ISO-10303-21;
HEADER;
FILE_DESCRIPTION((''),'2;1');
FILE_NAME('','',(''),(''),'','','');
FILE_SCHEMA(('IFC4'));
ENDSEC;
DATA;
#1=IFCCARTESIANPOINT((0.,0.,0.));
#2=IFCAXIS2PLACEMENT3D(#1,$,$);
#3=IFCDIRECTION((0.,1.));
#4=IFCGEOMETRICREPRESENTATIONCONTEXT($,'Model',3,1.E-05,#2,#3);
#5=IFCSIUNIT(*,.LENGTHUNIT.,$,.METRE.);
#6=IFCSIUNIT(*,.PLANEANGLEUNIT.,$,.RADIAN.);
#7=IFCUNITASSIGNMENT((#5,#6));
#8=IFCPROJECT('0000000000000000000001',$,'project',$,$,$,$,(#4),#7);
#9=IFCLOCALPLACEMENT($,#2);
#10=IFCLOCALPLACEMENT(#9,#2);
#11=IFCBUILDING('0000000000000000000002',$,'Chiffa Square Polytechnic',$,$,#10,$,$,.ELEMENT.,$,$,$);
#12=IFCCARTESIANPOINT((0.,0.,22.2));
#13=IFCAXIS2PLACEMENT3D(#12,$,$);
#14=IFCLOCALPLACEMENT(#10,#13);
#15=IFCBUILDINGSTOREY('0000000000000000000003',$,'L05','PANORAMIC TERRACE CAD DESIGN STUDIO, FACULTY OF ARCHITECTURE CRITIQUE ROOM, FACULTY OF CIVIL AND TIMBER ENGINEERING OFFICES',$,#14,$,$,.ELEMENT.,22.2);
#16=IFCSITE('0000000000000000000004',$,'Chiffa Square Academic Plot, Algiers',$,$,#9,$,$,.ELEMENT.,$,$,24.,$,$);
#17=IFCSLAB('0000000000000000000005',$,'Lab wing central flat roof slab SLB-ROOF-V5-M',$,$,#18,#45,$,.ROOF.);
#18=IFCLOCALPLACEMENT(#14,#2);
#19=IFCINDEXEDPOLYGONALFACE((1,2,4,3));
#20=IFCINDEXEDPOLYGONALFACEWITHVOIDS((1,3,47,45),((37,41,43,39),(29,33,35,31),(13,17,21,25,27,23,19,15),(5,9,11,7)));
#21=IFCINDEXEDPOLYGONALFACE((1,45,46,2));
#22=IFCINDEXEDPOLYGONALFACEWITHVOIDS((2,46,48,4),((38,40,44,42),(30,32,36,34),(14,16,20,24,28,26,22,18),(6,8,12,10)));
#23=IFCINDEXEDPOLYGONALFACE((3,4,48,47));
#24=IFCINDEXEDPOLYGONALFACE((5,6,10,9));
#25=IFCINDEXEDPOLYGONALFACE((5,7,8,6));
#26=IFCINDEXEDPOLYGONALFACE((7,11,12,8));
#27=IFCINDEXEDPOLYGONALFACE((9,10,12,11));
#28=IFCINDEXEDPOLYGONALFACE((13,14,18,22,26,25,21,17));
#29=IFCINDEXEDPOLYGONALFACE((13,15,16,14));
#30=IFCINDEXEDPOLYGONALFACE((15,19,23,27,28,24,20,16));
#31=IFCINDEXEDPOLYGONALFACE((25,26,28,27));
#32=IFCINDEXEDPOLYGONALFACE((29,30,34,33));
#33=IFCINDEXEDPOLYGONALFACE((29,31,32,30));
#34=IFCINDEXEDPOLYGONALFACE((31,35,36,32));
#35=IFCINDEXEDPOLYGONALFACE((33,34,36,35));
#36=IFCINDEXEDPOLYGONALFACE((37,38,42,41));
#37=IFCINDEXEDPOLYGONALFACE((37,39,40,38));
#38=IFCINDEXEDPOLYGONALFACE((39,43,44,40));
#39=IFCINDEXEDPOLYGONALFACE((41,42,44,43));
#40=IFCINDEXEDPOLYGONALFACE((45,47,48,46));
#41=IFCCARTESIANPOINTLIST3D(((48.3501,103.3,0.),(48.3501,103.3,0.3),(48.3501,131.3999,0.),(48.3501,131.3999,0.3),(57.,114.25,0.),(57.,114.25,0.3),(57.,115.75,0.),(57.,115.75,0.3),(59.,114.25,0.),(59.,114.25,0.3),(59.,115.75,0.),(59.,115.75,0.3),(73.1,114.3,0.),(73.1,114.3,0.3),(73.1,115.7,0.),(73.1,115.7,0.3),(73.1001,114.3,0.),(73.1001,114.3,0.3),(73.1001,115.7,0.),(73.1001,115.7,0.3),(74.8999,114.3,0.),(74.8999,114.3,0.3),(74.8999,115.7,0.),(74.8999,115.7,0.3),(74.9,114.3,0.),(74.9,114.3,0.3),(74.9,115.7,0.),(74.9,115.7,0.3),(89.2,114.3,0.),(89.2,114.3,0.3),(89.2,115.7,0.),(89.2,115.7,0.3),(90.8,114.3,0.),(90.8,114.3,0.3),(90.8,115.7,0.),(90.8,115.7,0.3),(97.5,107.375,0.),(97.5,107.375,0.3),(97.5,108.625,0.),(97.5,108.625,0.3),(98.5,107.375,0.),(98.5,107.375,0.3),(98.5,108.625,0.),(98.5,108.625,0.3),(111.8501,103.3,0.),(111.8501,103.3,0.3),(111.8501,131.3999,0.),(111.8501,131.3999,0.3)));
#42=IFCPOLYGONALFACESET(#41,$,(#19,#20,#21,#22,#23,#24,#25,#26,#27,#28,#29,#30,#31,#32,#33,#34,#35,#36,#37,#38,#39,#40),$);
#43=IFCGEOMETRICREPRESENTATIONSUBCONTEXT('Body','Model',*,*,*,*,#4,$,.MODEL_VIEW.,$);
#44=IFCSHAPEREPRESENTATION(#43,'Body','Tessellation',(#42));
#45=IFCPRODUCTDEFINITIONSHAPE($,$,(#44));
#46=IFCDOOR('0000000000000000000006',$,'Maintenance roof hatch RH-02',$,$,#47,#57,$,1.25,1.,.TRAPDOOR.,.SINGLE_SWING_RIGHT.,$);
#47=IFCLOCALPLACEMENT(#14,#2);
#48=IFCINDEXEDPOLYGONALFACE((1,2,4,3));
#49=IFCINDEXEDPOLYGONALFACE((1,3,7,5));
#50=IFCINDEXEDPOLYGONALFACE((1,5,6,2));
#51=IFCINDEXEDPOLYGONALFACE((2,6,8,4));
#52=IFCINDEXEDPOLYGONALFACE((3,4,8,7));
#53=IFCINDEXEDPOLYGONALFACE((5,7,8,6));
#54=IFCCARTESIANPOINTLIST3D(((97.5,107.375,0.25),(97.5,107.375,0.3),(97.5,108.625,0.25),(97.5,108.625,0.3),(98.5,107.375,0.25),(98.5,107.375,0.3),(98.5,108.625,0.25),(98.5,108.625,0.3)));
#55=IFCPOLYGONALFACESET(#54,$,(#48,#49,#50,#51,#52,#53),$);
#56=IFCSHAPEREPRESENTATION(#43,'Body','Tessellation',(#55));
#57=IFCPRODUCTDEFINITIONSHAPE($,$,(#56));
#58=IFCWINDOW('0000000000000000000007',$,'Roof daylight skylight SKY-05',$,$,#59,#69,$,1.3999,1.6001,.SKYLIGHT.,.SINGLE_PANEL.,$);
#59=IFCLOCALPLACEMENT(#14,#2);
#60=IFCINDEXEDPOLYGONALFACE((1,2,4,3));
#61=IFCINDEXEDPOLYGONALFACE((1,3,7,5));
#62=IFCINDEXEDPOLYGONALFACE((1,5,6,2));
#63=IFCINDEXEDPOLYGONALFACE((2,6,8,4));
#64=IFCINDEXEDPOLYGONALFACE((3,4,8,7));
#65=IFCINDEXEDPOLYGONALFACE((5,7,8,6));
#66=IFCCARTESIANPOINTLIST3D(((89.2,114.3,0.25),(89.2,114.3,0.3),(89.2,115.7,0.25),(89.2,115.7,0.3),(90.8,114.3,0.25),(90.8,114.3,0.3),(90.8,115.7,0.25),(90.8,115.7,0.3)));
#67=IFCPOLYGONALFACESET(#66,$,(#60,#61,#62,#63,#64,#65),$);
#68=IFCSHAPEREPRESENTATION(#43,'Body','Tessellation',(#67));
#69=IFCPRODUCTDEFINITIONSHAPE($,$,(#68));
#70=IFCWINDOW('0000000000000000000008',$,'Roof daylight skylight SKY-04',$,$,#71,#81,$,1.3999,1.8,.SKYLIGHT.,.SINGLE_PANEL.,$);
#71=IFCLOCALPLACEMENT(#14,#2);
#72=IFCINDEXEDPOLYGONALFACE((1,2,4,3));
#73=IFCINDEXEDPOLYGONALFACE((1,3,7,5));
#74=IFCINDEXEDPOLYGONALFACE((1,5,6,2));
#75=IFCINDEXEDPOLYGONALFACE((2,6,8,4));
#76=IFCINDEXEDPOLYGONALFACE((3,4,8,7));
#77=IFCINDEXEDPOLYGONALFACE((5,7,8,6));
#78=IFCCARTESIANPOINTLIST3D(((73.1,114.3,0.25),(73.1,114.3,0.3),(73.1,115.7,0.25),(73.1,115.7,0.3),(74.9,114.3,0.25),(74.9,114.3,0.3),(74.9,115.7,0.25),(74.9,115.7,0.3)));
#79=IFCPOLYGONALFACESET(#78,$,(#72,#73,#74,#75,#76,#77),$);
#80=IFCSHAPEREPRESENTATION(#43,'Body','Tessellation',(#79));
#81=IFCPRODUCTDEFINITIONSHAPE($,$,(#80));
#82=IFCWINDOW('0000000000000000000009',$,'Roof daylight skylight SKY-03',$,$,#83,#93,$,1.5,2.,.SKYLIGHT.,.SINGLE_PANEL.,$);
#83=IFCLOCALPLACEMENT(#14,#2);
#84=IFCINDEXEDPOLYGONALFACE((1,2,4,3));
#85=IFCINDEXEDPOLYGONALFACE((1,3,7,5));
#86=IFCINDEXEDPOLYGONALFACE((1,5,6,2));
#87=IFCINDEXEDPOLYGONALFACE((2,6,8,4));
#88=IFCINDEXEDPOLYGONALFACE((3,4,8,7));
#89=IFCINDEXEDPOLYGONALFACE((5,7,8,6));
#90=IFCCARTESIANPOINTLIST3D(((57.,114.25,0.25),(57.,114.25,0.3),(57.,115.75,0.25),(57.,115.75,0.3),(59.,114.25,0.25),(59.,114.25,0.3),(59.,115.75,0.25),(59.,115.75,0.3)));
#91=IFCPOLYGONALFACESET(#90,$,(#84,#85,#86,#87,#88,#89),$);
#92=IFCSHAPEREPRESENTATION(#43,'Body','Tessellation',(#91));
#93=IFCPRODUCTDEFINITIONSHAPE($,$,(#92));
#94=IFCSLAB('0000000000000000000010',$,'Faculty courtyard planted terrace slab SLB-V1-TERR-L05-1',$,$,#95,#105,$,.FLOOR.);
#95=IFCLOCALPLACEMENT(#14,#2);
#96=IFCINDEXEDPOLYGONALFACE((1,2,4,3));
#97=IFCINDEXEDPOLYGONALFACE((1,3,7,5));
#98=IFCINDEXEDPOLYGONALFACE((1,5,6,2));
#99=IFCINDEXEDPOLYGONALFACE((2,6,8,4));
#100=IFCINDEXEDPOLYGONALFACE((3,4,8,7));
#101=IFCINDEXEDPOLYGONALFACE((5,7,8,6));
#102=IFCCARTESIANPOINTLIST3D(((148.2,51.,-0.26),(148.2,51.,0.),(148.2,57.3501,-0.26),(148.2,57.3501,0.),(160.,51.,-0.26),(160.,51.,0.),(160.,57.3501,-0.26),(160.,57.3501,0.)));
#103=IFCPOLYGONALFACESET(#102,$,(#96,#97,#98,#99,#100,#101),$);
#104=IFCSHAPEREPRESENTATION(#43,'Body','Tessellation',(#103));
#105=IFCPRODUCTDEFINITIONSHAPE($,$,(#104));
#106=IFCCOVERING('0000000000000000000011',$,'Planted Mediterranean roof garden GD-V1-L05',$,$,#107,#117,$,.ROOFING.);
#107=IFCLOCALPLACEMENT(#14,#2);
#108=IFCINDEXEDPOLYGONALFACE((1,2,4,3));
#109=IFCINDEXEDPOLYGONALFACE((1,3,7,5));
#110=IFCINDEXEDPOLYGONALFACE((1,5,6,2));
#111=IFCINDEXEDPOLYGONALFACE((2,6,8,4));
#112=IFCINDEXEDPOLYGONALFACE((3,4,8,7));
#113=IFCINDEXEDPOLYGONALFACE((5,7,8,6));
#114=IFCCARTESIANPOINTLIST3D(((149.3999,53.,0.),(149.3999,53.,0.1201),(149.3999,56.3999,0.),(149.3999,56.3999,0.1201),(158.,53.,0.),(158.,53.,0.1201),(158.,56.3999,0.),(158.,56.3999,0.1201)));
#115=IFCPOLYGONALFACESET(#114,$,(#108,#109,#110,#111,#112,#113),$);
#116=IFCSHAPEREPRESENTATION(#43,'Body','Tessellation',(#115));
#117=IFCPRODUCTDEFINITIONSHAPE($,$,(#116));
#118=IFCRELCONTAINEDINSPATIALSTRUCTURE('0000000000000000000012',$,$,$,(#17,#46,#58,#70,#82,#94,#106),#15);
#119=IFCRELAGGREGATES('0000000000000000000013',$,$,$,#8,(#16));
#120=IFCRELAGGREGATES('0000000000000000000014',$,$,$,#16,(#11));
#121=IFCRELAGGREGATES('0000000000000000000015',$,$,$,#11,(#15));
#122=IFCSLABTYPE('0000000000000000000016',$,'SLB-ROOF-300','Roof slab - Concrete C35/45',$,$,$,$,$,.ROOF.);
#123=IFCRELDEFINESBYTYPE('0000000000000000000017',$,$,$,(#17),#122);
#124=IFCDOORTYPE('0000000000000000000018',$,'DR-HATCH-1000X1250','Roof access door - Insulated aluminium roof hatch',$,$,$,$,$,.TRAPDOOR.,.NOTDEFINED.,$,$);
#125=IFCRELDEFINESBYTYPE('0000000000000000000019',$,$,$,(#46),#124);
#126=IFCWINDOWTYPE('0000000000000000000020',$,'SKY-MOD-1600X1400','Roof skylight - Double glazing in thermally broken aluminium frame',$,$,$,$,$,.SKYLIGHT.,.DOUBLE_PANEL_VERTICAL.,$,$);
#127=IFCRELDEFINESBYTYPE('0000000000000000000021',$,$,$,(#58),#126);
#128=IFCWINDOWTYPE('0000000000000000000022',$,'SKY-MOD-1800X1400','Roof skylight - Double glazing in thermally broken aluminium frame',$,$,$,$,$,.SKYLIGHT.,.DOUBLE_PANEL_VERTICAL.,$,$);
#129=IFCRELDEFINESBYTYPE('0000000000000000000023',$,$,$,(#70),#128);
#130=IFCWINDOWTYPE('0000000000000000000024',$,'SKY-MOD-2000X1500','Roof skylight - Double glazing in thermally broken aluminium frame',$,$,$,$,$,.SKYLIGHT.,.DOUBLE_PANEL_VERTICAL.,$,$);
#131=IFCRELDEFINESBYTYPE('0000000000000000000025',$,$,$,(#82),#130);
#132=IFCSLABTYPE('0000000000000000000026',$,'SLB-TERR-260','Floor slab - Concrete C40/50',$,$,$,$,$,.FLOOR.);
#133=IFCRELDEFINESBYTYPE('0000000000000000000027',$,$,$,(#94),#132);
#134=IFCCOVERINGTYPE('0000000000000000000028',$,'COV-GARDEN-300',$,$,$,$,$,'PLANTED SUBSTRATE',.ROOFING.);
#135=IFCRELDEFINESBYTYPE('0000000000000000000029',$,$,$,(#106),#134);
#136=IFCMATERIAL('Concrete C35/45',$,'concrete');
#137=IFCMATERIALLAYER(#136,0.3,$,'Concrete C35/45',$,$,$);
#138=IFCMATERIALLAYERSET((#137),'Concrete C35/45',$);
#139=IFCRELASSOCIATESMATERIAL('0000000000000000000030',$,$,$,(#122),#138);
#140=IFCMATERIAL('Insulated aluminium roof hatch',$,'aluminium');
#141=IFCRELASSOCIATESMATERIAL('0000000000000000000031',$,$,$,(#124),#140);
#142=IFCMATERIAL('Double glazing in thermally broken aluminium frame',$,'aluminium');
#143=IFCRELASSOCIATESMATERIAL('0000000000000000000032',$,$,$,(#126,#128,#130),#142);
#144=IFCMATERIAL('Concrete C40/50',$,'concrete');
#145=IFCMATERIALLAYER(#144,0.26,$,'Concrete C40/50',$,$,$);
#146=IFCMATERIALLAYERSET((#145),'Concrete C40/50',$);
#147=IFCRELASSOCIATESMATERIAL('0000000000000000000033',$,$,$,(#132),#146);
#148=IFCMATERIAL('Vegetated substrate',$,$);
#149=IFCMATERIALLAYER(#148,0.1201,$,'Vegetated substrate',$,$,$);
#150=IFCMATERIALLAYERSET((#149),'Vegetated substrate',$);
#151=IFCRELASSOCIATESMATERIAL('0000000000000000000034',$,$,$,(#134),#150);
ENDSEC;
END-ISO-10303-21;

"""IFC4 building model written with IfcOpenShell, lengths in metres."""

from ifc_helpers import new_model, si_unit, direction, frame, origin, origin_2d, place, context, subcontext, project, spatial, polyline, rectangle, outline, extrude, material, layer, layer_set, type_object, element, fill, save


model = new_model("IFC4")

# Units and contexts
model_context = context("Model", 3, precision=1e-05, world=origin(), true_north=direction((0.0, 1.0)))
body_context = subcontext(model_context, "Body", "Model", "MODEL_VIEW")
ifc_project = project(units=[si_unit("LENGTHUNIT", "METRE"), si_unit("PLANEANGLEUNIT", "RADIAN")], contexts=[model_context])

# Site, building, storey
site_placement = place(None, origin())
site = spatial("IfcSite", under=ifc_project, at=site_placement, Name="Chiffa Square Academic Plot, Algiers", CompositionType="ELEMENT", RefElevation=24.0)
building_placement = place(site_placement, origin())
building = spatial("IfcBuilding", under=site, at=building_placement, Name="Chiffa Square Polytechnic", CompositionType="ELEMENT")
storey_placement = place(building_placement, frame((0.0, 0.0, 22.2)))
storey = spatial("IfcBuildingStorey", under=building, at=storey_placement, Name="L05", Description="PANORAMIC TERRACE CAD DESIGN STUDIO, FACULTY OF ARCHITECTURE CRITIQUE ROOM, FACULTY OF CIVIL AND TIMBER ENGINEERING OFFICES", CompositionType="ELEMENT", Elevation=22.2)

# Shared definitions
ifc_material_1 = material(Name="Concrete C35/45", Category="concrete")
ifc_material_2 = material(Name="Concrete C40/50", Category="concrete")

# Slab, openings, door, windows
ifc_layer_1 = layer(ifc_material_1, 0.3, Name="Concrete C35/45")
ifc_layer_set_1 = layer_set([ifc_layer_1], Name="Concrete C35/45")
slab_type_1 = type_object("IfcSlabType", Name="SLB-ROOF-300", Description="Roof slab - Concrete C35/45", PredefinedType="ROOF", material=ifc_layer_set_1)
ifc_material_3 = material(Name="Insulated aluminium roof hatch", Category="aluminium")
ifc_material_4 = material(Name="Double glazing in thermally broken aluminium frame", Category="aluminium")
slab_1_placement = place(storey_placement, origin())
slab_1 = element("IfcSlab", 1, at=slab_1_placement, inside=storey, type_object=slab_type_1, Name="Lab wing central flat roof slab SLB-ROOF-V5-M", PredefinedType="ROOF", context=body_context, shape_type="SweptSolid", body=[
    extrude(outline(polyline([(48.3501, 103.3), (111.8501, 103.3), (111.8501, 131.3999), (48.3501, 131.3999), (48.3501, 103.3)]), holes=[polyline([(57.0, 114.25), (59.0, 114.25), (59.0, 115.75), (57.0, 115.75), (57.0, 114.25)]), polyline([(73.1001, 114.3), (74.8999, 114.3), (74.8999, 115.7), (73.1001, 115.7), (73.1001, 114.3)]), polyline([(89.2, 114.3), (90.8, 114.3), (90.8, 115.7), (89.2, 115.7), (89.2, 114.3)]), polyline([(97.5, 107.375), (98.5, 107.375), (98.5, 108.625), (97.5, 108.625), (97.5, 107.375)])]), origin(), (0.0, 0.0, 1.0), 0.3),
])
opening_1_placement = place(slab_1_placement, frame((58.0, 115.0, 0.0)))
opening_1 = element("IfcOpeningElement", 2, at=opening_1_placement, cuts=slab_1, PredefinedType="OPENING", context=body_context, shape_type="SweptSolid", body=[
    extrude(rectangle(XDim=2.0, YDim=1.5, at=origin_2d()), frame((0.0, 0.0, -0.01), z_axis=(0.0, 0.0, 1.0), x_axis=(1.0, 0.0, 0.0)), (0.0, 0.0, 1.0), 0.3201),
])
opening_2_placement = place(slab_1_placement, frame((74.0, 115.0, 0.0)))
opening_2 = element("IfcOpeningElement", 3, at=opening_2_placement, cuts=slab_1, PredefinedType="OPENING", context=body_context, shape_type="SweptSolid", body=[
    extrude(rectangle(XDim=1.8, YDim=1.3999, at=origin_2d()), frame((0.0, 0.0, -0.01), z_axis=(0.0, 0.0, 1.0), x_axis=(1.0, 0.0, 0.0)), (0.0, 0.0, 1.0), 0.3201),
])
opening_3_placement = place(slab_1_placement, frame((90.0, 115.0, 0.0)))
opening_3 = element("IfcOpeningElement", 4, at=opening_3_placement, cuts=slab_1, PredefinedType="OPENING", context=body_context, shape_type="SweptSolid", body=[
    extrude(rectangle(XDim=1.6001, YDim=1.3999, at=origin_2d()), frame((0.0, 0.0, -0.01), z_axis=(0.0, 0.0, 1.0), x_axis=(1.0, 0.0, 0.0)), (0.0, 0.0, 1.0), 0.3201),
])
opening_4_placement = place(slab_1_placement, frame((98.0, 108.0, 0.0)))
opening_4 = element("IfcOpeningElement", 5, at=opening_4_placement, cuts=slab_1, PredefinedType="OPENING", context=body_context, shape_type="SweptSolid", body=[
    extrude(rectangle(XDim=1.0, YDim=1.25, at=origin_2d()), frame((0.0, 0.0, -0.01), z_axis=(0.0, 0.0, 1.0), x_axis=(1.0, 0.0, 0.0)), (0.0, 0.0, 1.0), 0.3201),
])
door_type_1 = type_object("IfcDoorType", Name="DR-HATCH-1000X1250", Description="Roof access door - Insulated aluminium roof hatch", OperationType="NOTDEFINED", PredefinedType="TRAPDOOR", material=ifc_material_3)
door_1_placement = place(opening_4_placement, frame((0.0, 0.0, 0.25)))
door_1 = element("IfcDoor", 6, at=door_1_placement, inside=storey, type_object=door_type_1, Name="Maintenance roof hatch RH-02", OperationType="SINGLE_SWING_RIGHT", OverallHeight=1.25, OverallWidth=1.0, PredefinedType="TRAPDOOR", context=body_context, shape_type="SweptSolid", body=[
    extrude(rectangle(XDim=1.0, YDim=1.25, at=origin_2d()), origin(), (0.0, 0.0, 1.0), 0.05),
])
fill(opening_4, door_1)
window_type_1 = type_object("IfcWindowType", Name="SKY-MOD-1600X1400", Description="Roof skylight - Double glazing in thermally broken aluminium frame", PartitioningType="DOUBLE_PANEL_VERTICAL", PredefinedType="SKYLIGHT", material=ifc_material_4)
window_1_placement = place(opening_3_placement, frame((0.0, 0.0, 0.25)))
window_1 = element("IfcWindow", 7, at=window_1_placement, inside=storey, type_object=window_type_1, Name="Roof daylight skylight SKY-05", OverallHeight=1.3999, OverallWidth=1.6001, PartitioningType="SINGLE_PANEL", PredefinedType="SKYLIGHT", context=body_context, shape_type="SweptSolid", body=[
    extrude(rectangle(XDim=1.6001, YDim=1.3999, at=origin_2d()), origin(), (0.0, 0.0, 1.0), 0.05),
])
fill(opening_3, window_1)
window_type_2 = type_object("IfcWindowType", Name="SKY-MOD-1800X1400", Description="Roof skylight - Double glazing in thermally broken aluminium frame", PartitioningType="DOUBLE_PANEL_VERTICAL", PredefinedType="SKYLIGHT", material=ifc_material_4)
window_2_placement = place(opening_2_placement, frame((0.0, 0.0, 0.25)))
window_2 = element("IfcWindow", 8, at=window_2_placement, inside=storey, type_object=window_type_2, Name="Roof daylight skylight SKY-04", OverallHeight=1.3999, OverallWidth=1.8, PartitioningType="SINGLE_PANEL", PredefinedType="SKYLIGHT", context=body_context, shape_type="SweptSolid", body=[
    extrude(rectangle(XDim=1.8, YDim=1.3999, at=origin_2d()), origin(), (0.0, 0.0, 1.0), 0.05),
])
fill(opening_2, window_2)
window_type_3 = type_object("IfcWindowType", Name="SKY-MOD-2000X1500", Description="Roof skylight - Double glazing in thermally broken aluminium frame", PartitioningType="DOUBLE_PANEL_VERTICAL", PredefinedType="SKYLIGHT", material=ifc_material_4)
window_3_placement = place(opening_1_placement, frame((0.0, 0.0, 0.25)))
window_3 = element("IfcWindow", 9, at=window_3_placement, inside=storey, type_object=window_type_3, Name="Roof daylight skylight SKY-03", OverallHeight=1.5, OverallWidth=2.0, PartitioningType="SINGLE_PANEL", PredefinedType="SKYLIGHT", context=body_context, shape_type="SweptSolid", body=[
    extrude(rectangle(XDim=2.0, YDim=1.5, at=origin_2d()), origin(), (0.0, 0.0, 1.0), 0.05),
])
fill(opening_1, window_3)

# Slab
ifc_layer_2 = layer(ifc_material_2, 0.26, Name="Concrete C40/50")
ifc_layer_set_2 = layer_set([ifc_layer_2], Name="Concrete C40/50")
slab_type_2 = type_object("IfcSlabType", Name="SLB-TERR-260", Description="Floor slab - Concrete C40/50", PredefinedType="FLOOR", material=ifc_layer_set_2)
slab_2_placement = place(storey_placement, frame((0.0, 0.0, -0.26)))
element("IfcSlab", 10, at=slab_2_placement, inside=storey, type_object=slab_type_2, Name="Faculty courtyard planted terrace slab SLB-V1-TERR-L05-1", PredefinedType="FLOOR", context=body_context, shape_type="SweptSolid", body=[
    extrude(outline(polyline([(148.2, 51.0), (160.0, 51.0), (160.0, 57.3501), (148.2, 57.3501), (148.2, 51.0)])), origin(), (0.0, 0.0, 1.0), 0.26),
])

# Covering
ifc_material_5 = material(Name="Vegetated substrate")
ifc_layer_3 = layer(ifc_material_5, 0.1201, Name="Vegetated substrate")
ifc_layer_set_3 = layer_set([ifc_layer_3], Name="Vegetated substrate")
covering_type = type_object("IfcCoveringType", Name="COV-GARDEN-300", ElementType="PLANTED SUBSTRATE", PredefinedType="ROOFING", material=ifc_layer_set_3)
covering_placement = place(storey_placement, origin())
element("IfcCovering", 11, at=covering_placement, inside=storey, type_object=covering_type, Name="Planted Mediterranean roof garden GD-V1-L05", PredefinedType="ROOFING", context=body_context, shape_type="SweptSolid", body=[
    extrude(outline(polyline([(149.3999, 53.0), (158.0, 53.0), (158.0, 56.3999), (149.3999, 56.3999), (149.3999, 53.0)])), origin(), (0.0, 0.0, 1.0), 0.1201),
])

save(model, "model.ifc")
